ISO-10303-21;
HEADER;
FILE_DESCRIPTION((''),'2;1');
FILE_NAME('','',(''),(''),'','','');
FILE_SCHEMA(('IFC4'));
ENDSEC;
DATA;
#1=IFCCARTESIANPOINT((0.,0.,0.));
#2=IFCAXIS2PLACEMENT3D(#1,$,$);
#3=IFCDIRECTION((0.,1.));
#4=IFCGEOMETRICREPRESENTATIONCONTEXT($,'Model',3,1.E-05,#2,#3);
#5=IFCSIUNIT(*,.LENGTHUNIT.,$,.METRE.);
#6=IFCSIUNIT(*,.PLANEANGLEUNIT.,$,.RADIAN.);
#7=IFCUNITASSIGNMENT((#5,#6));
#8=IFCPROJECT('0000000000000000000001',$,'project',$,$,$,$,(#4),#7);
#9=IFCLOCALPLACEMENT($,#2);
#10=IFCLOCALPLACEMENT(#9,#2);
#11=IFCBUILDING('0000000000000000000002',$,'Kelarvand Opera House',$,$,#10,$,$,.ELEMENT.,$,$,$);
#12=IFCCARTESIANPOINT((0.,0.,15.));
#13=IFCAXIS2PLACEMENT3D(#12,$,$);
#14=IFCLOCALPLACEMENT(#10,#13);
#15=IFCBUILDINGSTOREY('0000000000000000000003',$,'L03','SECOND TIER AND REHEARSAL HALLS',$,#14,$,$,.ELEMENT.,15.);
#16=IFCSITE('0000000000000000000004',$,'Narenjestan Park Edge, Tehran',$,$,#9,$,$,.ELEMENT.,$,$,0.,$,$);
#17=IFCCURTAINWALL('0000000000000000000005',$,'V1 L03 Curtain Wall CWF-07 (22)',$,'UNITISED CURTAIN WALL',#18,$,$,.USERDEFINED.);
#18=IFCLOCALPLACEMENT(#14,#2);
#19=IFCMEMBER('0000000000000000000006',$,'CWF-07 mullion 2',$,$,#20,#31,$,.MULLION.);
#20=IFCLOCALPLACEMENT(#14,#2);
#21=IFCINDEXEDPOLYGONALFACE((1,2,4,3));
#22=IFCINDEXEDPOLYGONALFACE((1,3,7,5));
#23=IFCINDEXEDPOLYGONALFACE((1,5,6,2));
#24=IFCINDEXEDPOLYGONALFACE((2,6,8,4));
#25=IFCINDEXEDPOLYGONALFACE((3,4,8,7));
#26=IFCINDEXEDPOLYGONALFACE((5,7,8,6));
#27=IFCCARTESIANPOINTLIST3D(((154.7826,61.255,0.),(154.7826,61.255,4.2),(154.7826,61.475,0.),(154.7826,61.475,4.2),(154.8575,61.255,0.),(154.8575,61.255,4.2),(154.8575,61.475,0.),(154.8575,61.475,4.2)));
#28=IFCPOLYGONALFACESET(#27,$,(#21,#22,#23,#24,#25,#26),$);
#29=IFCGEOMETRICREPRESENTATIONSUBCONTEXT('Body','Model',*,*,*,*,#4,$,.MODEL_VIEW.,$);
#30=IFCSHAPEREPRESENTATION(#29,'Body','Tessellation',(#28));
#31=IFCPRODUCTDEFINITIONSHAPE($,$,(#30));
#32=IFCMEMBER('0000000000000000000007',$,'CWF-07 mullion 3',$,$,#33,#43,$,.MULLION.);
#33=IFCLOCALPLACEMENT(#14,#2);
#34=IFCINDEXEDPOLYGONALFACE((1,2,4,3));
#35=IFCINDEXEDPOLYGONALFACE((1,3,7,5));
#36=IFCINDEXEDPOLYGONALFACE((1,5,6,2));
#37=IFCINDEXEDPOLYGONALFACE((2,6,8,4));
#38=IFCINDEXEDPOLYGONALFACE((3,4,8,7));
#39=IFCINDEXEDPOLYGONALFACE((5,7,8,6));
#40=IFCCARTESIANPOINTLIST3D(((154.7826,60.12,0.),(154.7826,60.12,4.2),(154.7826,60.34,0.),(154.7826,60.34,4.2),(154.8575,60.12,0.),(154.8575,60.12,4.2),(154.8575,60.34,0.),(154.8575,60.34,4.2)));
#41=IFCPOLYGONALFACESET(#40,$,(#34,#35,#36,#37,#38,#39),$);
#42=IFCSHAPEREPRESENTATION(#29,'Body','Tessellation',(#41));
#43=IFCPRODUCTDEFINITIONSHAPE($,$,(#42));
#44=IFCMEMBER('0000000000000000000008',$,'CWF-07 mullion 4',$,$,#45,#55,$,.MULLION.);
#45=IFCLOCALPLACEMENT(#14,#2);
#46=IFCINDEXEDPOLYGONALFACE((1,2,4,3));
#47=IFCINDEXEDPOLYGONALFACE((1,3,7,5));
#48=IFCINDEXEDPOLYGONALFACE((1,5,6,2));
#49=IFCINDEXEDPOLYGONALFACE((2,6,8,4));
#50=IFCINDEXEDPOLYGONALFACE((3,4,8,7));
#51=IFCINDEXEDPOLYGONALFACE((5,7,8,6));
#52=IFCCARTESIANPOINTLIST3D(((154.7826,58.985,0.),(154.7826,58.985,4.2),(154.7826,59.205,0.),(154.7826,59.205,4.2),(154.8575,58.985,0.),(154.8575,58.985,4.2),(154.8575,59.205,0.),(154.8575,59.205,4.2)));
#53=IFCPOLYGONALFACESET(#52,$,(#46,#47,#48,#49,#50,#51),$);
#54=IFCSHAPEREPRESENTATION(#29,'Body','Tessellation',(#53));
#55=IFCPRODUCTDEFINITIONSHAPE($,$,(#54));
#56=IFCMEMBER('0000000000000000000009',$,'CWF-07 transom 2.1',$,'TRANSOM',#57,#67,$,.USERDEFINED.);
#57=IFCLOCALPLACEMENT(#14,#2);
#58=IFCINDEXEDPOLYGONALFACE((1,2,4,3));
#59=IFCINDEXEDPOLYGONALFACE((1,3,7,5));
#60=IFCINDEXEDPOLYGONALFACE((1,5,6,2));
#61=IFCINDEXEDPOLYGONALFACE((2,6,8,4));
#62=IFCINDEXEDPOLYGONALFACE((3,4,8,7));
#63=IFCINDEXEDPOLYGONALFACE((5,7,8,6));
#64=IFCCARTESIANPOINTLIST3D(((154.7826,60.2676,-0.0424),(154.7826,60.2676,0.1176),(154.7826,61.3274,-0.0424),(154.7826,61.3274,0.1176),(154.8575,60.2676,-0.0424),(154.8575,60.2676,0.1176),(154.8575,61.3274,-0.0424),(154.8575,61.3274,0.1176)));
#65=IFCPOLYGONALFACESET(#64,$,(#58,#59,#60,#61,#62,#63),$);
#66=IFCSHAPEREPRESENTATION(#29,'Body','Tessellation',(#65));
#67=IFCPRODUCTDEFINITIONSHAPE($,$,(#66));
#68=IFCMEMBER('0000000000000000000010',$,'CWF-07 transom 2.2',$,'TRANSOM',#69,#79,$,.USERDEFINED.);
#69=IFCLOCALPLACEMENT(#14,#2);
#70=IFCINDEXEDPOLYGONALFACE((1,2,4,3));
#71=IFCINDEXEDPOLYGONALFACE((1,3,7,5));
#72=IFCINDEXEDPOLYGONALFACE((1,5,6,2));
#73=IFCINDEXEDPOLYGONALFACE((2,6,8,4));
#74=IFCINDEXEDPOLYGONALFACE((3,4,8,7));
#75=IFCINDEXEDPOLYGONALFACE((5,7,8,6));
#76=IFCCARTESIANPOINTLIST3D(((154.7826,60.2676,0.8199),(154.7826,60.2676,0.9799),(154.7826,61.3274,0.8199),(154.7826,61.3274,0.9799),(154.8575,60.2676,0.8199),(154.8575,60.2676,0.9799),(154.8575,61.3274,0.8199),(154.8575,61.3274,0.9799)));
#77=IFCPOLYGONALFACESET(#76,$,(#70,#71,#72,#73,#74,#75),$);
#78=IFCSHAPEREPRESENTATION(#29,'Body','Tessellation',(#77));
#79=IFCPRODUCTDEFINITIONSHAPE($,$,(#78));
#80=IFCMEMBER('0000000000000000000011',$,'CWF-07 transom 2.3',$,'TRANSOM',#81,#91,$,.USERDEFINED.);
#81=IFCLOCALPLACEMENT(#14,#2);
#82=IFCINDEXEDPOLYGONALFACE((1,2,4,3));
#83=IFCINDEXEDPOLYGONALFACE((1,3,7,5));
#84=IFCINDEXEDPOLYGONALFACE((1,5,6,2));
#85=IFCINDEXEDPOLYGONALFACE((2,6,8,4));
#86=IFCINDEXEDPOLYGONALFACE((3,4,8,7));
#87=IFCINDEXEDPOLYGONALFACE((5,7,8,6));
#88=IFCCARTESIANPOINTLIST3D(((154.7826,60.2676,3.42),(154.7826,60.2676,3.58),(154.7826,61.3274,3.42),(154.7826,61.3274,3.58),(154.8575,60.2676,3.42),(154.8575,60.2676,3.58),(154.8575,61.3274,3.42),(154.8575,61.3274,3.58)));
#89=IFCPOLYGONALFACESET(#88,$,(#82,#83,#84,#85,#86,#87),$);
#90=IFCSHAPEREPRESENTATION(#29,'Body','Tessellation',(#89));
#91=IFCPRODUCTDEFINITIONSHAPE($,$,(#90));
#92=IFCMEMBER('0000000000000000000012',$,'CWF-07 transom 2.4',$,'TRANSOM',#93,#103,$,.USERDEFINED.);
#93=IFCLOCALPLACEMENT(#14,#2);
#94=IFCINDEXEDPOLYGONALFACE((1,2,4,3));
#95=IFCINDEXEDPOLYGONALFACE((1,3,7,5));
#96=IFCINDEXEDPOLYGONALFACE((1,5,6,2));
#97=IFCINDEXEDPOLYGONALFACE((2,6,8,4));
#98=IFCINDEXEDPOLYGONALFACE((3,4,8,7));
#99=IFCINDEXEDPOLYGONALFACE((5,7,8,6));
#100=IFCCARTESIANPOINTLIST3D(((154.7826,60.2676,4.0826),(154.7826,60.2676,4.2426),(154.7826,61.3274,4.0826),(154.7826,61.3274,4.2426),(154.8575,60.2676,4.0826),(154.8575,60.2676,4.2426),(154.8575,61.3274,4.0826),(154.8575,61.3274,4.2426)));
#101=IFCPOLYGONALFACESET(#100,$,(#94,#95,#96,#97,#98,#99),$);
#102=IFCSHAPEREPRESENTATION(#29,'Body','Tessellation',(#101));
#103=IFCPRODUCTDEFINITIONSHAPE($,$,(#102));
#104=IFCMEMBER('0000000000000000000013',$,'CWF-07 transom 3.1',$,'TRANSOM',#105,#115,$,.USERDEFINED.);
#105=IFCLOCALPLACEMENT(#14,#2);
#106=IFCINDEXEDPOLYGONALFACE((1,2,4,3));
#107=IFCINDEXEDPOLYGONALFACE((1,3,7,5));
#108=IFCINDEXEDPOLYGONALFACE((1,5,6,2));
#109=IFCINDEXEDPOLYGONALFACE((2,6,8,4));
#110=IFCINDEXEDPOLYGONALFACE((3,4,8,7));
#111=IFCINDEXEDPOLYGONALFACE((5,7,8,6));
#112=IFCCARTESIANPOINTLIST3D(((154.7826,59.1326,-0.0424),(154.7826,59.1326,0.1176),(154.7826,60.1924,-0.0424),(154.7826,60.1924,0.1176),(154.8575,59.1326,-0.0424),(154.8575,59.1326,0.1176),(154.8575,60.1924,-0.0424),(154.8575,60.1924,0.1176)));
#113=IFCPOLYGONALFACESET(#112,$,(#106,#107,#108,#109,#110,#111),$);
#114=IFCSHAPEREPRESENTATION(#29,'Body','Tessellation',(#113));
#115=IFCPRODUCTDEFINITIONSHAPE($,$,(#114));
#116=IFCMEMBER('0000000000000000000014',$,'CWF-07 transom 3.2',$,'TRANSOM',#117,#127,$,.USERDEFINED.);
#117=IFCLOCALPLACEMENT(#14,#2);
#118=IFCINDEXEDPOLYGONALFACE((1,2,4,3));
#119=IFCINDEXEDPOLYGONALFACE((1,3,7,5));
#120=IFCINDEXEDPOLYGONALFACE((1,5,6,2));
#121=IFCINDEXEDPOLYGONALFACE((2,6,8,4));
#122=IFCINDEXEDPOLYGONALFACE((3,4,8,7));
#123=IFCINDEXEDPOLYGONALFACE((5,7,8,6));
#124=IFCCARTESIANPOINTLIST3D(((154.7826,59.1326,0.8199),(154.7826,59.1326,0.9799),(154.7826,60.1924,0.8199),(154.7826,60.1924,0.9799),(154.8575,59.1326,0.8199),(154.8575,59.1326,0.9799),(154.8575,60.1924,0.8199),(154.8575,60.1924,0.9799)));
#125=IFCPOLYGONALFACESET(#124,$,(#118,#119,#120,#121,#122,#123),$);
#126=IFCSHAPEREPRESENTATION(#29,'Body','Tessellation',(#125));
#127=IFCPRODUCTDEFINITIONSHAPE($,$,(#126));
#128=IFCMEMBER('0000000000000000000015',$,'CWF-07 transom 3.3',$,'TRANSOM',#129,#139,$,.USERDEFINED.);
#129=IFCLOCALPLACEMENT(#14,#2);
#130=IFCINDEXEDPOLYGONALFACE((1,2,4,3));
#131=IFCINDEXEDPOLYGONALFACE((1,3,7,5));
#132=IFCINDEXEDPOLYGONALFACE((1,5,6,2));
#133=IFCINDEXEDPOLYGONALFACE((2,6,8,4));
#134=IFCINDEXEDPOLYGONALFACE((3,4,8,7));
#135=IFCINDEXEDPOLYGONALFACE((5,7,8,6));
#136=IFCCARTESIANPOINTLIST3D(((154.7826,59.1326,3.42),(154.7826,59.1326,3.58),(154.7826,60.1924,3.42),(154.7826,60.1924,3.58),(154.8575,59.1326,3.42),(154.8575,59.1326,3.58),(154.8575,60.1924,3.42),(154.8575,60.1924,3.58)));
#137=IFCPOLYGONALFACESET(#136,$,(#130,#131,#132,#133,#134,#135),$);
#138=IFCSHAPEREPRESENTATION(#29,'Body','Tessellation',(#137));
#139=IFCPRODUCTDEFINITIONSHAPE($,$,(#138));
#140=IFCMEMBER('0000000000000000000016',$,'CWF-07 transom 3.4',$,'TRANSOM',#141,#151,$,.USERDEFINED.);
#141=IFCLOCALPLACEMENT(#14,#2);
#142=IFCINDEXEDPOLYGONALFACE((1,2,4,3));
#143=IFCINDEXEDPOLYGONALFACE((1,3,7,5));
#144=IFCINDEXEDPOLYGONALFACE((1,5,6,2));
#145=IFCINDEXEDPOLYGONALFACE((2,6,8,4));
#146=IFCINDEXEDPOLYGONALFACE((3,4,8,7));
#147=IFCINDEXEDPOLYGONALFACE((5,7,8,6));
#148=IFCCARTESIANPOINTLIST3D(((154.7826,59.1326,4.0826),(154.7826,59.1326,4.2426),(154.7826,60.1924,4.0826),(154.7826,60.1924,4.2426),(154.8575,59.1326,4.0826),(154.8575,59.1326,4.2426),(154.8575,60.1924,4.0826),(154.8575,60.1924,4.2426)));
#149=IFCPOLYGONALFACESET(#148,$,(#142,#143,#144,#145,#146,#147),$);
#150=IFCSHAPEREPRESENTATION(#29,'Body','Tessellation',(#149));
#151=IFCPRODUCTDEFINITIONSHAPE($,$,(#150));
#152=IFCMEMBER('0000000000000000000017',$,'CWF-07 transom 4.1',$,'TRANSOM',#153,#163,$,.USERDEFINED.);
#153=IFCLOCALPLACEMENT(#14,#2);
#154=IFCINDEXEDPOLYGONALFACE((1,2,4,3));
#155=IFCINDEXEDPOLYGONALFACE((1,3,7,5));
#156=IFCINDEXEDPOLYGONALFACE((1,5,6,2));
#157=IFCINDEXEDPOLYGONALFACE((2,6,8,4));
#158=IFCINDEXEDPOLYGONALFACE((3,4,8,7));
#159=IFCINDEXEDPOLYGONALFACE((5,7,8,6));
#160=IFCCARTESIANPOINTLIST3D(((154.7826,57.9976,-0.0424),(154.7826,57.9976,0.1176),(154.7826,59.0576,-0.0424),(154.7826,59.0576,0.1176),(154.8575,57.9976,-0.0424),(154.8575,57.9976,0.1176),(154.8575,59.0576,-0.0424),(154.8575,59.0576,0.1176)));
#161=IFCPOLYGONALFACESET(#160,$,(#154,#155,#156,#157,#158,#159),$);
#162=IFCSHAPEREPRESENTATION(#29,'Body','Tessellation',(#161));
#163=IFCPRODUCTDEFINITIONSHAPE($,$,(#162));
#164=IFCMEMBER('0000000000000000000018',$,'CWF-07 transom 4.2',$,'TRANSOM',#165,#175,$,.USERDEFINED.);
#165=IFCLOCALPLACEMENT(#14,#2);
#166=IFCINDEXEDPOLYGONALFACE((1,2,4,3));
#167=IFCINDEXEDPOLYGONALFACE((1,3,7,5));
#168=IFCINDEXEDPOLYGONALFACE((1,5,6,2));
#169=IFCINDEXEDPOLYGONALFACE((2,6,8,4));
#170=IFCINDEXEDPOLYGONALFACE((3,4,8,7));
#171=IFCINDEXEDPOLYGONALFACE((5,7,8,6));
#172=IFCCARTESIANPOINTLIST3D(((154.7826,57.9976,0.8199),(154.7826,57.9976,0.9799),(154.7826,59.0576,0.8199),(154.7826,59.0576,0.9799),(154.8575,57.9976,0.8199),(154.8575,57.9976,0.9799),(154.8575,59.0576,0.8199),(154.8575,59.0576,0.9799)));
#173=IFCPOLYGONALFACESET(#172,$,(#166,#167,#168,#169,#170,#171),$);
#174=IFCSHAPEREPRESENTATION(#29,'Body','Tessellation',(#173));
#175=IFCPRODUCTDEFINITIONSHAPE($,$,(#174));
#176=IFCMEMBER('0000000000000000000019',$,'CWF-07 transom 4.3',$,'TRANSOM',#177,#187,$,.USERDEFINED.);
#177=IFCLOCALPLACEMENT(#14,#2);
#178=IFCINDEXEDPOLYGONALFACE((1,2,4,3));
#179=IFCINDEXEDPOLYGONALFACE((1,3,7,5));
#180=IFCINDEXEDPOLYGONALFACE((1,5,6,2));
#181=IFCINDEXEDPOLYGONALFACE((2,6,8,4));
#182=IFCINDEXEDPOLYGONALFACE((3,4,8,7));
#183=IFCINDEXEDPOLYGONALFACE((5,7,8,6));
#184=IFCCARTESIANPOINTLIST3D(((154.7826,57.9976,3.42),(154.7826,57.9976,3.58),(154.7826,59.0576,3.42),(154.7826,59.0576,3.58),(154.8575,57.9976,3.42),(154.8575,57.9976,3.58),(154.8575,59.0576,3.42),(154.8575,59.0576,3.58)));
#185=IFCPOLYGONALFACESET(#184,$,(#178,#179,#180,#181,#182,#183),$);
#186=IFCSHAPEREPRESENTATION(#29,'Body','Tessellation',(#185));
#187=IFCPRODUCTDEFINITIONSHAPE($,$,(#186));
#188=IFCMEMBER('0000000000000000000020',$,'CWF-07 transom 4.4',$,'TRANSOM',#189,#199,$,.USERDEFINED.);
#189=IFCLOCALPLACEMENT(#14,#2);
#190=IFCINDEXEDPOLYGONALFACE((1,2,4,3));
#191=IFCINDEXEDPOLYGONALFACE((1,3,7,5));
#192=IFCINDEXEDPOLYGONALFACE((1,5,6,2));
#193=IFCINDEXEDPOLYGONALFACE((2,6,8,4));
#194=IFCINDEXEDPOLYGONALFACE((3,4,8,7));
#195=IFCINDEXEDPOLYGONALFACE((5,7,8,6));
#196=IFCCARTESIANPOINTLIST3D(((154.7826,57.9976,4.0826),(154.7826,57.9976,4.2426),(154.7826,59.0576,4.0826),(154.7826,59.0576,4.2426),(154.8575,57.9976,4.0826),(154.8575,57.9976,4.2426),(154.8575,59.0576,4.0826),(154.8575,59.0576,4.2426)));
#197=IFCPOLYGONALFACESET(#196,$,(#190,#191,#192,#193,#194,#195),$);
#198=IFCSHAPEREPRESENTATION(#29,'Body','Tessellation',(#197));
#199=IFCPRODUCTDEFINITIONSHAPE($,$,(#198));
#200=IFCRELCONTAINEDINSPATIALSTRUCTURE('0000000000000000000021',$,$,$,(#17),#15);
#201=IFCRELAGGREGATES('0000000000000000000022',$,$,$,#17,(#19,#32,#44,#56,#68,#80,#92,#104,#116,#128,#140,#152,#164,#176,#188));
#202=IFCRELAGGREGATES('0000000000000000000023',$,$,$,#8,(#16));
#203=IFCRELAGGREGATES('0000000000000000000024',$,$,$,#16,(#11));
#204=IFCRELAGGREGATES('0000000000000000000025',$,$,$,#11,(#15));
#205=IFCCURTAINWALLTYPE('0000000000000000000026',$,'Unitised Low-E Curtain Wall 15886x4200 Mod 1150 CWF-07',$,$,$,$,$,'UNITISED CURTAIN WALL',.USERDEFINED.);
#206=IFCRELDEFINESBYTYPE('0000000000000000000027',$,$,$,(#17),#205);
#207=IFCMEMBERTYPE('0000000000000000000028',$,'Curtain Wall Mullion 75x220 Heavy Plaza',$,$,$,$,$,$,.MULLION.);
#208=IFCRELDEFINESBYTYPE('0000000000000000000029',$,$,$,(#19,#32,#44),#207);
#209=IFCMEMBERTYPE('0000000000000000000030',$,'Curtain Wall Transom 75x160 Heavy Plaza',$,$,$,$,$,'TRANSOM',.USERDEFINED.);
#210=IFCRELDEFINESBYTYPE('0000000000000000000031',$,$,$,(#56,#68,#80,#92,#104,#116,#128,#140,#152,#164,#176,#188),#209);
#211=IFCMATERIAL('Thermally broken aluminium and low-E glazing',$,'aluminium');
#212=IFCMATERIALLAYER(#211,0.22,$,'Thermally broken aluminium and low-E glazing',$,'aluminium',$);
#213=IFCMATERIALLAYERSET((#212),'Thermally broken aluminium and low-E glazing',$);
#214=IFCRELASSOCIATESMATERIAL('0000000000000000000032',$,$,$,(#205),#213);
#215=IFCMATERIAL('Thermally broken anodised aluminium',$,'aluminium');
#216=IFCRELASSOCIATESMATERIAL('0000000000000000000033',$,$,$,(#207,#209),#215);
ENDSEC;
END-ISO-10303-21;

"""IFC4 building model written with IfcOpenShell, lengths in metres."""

from ifc_helpers import new_model, si_unit, direction, frame, origin, origin_2d, place, context, subcontext, project, spatial, rectangle, extrude, material, layer, layer_set, material_profile, profile_set, type_object, element, aggregate, save


model = new_model("IFC4")

# Units and contexts
model_context = context("Model", 3, precision=1e-05, world=origin(), true_north=direction((0.0, 1.0)))
body_context = subcontext(model_context, "Body", "Model", "MODEL_VIEW")
ifc_project = project(units=[si_unit("LENGTHUNIT", "METRE"), si_unit("PLANEANGLEUNIT", "RADIAN")], contexts=[model_context])

# Site, building, storey
site_placement = place(None, origin())
site = spatial("IfcSite", under=ifc_project, at=site_placement, Name="Narenjestan Park Edge, Tehran", CompositionType="ELEMENT", RefElevation=0.0)
building_placement = place(site_placement, origin())
building = spatial("IfcBuilding", under=site, at=building_placement, Name="Kelarvand Opera House", CompositionType="ELEMENT")
storey_placement = place(building_placement, frame((0.0, 0.0, 15.0)))
storey = spatial("IfcBuildingStorey", under=building, at=storey_placement, Name="L03", Description="SECOND TIER AND REHEARSAL HALLS", CompositionType="ELEMENT", Elevation=15.0)

# Curtain wall, members
ifc_material_1 = material(Name="Thermally broken aluminium and low-E glazing", Category="aluminium")
ifc_layer_1 = layer(ifc_material_1, 0.22, Name="Thermally broken aluminium and low-E glazing", Category="aluminium")
ifc_layer_set_1 = layer_set([ifc_layer_1], Name="Thermally broken aluminium and low-E glazing")
curtain_wall_type = type_object("IfcCurtainWallType", Name="Unitised Low-E Curtain Wall 15886x4200 Mod 1150 CWF-07", ElementType="UNITISED CURTAIN WALL", PredefinedType="USERDEFINED", material=ifc_layer_set_1)
curtain_wall_placement = place(storey_placement, origin())
curtain_wall = element("IfcCurtainWall", 1, at=curtain_wall_placement, inside=storey, type_object=curtain_wall_type, Name="V1 L03 Curtain Wall CWF-07 (22)", ObjectType="UNITISED CURTAIN WALL", PredefinedType="USERDEFINED")
ifc_material_2 = material(Name="Thermally broken anodised aluminium", Category="aluminium")
ifc_material_profile_1 = material_profile(ifc_material_2, rectangle(XDim=0.075, YDim=0.22, at=origin_2d()), Name="ALU MULLION 75x220", Category="aluminium")
ifc_profile_set_1 = profile_set([ifc_material_profile_1], Name="Thermally broken anodised aluminium")
member_type_1 = type_object("IfcMemberType", Name="Curtain Wall Mullion 75x220 Heavy Plaza", PredefinedType="MULLION", material=ifc_profile_set_1)
member_1_placement = place(storey_placement, frame((154.8201, 61.365, 0.0), z_axis=(0.0, 0.0, 1.0), x_axis=(1.0, 0.0, 0.0)))
member_1 = element("IfcMember", 2, at=member_1_placement, type_object=member_type_1, Name="CWF-07 mullion 2", PredefinedType="MULLION", context=body_context, shape_type="SweptSolid", body=[
    extrude(rectangle(XDim=0.075, YDim=0.22, at=origin_2d()), origin(), (0.0, 0.0, 1.0), 4.2),
])
member_2_placement = place(storey_placement, frame((154.8201, 60.23, 0.0), z_axis=(0.0, 0.0, 1.0), x_axis=(1.0, 0.0, 0.0)))
member_2 = element("IfcMember", 3, at=member_2_placement, type_object=member_type_1, Name="CWF-07 mullion 3", PredefinedType="MULLION", context=body_context, shape_type="SweptSolid", body=[
    extrude(rectangle(XDim=0.075, YDim=0.22, at=origin_2d()), origin(), (0.0, 0.0, 1.0), 4.2),
])
member_3_placement = place(storey_placement, frame((154.8201, 59.095, 0.0), z_axis=(0.0, 0.0, 1.0), x_axis=(1.0, 0.0, 0.0)))
member_3 = element("IfcMember", 4, at=member_3_placement, type_object=member_type_1, Name="CWF-07 mullion 4", PredefinedType="MULLION", context=body_context, shape_type="SweptSolid", body=[
    extrude(rectangle(XDim=0.075, YDim=0.22, at=origin_2d()), origin(), (0.0, 0.0, 1.0), 4.2),
])
ifc_material_profile_2 = material_profile(ifc_material_2, rectangle(XDim=0.075, YDim=0.1599, at=origin_2d()), Name="ALU TRANSOM 75x160", Category="aluminium")
ifc_profile_set_2 = profile_set([ifc_material_profile_2], Name="Thermally broken anodised aluminium")
member_type_2 = type_object("IfcMemberType", Name="Curtain Wall Transom 75x160 Heavy Plaza", ElementType="TRANSOM", PredefinedType="USERDEFINED", material=ifc_profile_set_2)
member_4_placement = place(storey_placement, frame((154.8201, 61.3274, 0.0376), z_axis=(0.0, -1.0, 0.0), x_axis=(1.0, 0.0, 0.0)))
member_4 = element("IfcMember", 5, at=member_4_placement, type_object=member_type_2, Name="CWF-07 transom 2.1", ObjectType="TRANSOM", PredefinedType="USERDEFINED", context=body_context, shape_type="SweptSolid", body=[
    extrude(rectangle(XDim=0.075, YDim=0.1599, at=origin_2d()), origin(), (0.0, 0.0, 1.0), 1.0598),
])
member_5_placement = place(storey_placement, frame((154.8201, 61.3274, 0.8999), z_axis=(0.0, -1.0, 0.0), x_axis=(1.0, 0.0, 0.0)))
member_5 = element("IfcMember", 6, at=member_5_placement, type_object=member_type_2, Name="CWF-07 transom 2.2", ObjectType="TRANSOM", PredefinedType="USERDEFINED", context=body_context, shape_type="SweptSolid", body=[
    extrude(rectangle(XDim=0.075, YDim=0.1599, at=origin_2d()), origin(), (0.0, 0.0, 1.0), 1.0598),
])
member_6_placement = place(storey_placement, frame((154.8201, 61.3274, 3.5), z_axis=(0.0, -1.0, 0.0), x_axis=(1.0, 0.0, 0.0)))
member_6 = element("IfcMember", 7, at=member_6_placement, type_object=member_type_2, Name="CWF-07 transom 2.3", ObjectType="TRANSOM", PredefinedType="USERDEFINED", context=body_context, shape_type="SweptSolid", body=[
    extrude(rectangle(XDim=0.075, YDim=0.1599, at=origin_2d()), origin(), (0.0, 0.0, 1.0), 1.0598),
])
member_7_placement = place(storey_placement, frame((154.8201, 61.3274, 4.1626), z_axis=(0.0, -1.0, 0.0), x_axis=(1.0, 0.0, 0.0)))
member_7 = element("IfcMember", 8, at=member_7_placement, type_object=member_type_2, Name="CWF-07 transom 2.4", ObjectType="TRANSOM", PredefinedType="USERDEFINED", context=body_context, shape_type="SweptSolid", body=[
    extrude(rectangle(XDim=0.075, YDim=0.1599, at=origin_2d()), origin(), (0.0, 0.0, 1.0), 1.0598),
])
member_8_placement = place(storey_placement, frame((154.8201, 60.1924, 0.0376), z_axis=(0.0, -1.0, 0.0), x_axis=(1.0, 0.0, 0.0)))
member_8 = element("IfcMember", 9, at=member_8_placement, type_object=member_type_2, Name="CWF-07 transom 3.1", ObjectType="TRANSOM", PredefinedType="USERDEFINED", context=body_context, shape_type="SweptSolid", body=[
    extrude(rectangle(XDim=0.075, YDim=0.1599, at=origin_2d()), origin(), (0.0, 0.0, 1.0), 1.0598),
])
member_9_placement = place(storey_placement, frame((154.8201, 60.1924, 0.8999), z_axis=(0.0, -1.0, 0.0), x_axis=(1.0, 0.0, 0.0)))
member_9 = element("IfcMember", 10, at=member_9_placement, type_object=member_type_2, Name="CWF-07 transom 3.2", ObjectType="TRANSOM", PredefinedType="USERDEFINED", context=body_context, shape_type="SweptSolid", body=[
    extrude(rectangle(XDim=0.075, YDim=0.1599, at=origin_2d()), origin(), (0.0, 0.0, 1.0), 1.0598),
])
member_10_placement = place(storey_placement, frame((154.8201, 60.1924, 3.5), z_axis=(0.0, -1.0, 0.0), x_axis=(1.0, 0.0, 0.0)))
member_10 = element("IfcMember", 11, at=member_10_placement, type_object=member_type_2, Name="CWF-07 transom 3.3", ObjectType="TRANSOM", PredefinedType="USERDEFINED", context=body_context, shape_type="SweptSolid", body=[
    extrude(rectangle(XDim=0.075, YDim=0.1599, at=origin_2d()), origin(), (0.0, 0.0, 1.0), 1.0598),
])
member_11_placement = place(storey_placement, frame((154.8201, 60.1924, 4.1626), z_axis=(0.0, -1.0, 0.0), x_axis=(1.0, 0.0, 0.0)))
member_11 = element("IfcMember", 12, at=member_11_placement, type_object=member_type_2, Name="CWF-07 transom 3.4", ObjectType="TRANSOM", PredefinedType="USERDEFINED", context=body_context, shape_type="SweptSolid", body=[
    extrude(rectangle(XDim=0.075, YDim=0.1599, at=origin_2d()), origin(), (0.0, 0.0, 1.0), 1.0598),
])
member_12_placement = place(storey_placement, frame((154.8201, 59.0576, 0.0376), z_axis=(0.0, -1.0, 0.0), x_axis=(1.0, 0.0, 0.0)))
member_12 = element("IfcMember", 13, at=member_12_placement, type_object=member_type_2, Name="CWF-07 transom 4.1", ObjectType="TRANSOM", PredefinedType="USERDEFINED", context=body_context, shape_type="SweptSolid", body=[
    extrude(rectangle(XDim=0.075, YDim=0.1599, at=origin_2d()), origin(), (0.0, 0.0, 1.0), 1.0601),
])
member_13_placement = place(storey_placement, frame((154.8201, 59.0576, 0.8999), z_axis=(0.0, -1.0, 0.0), x_axis=(1.0, 0.0, 0.0)))
member_13 = element("IfcMember", 14, at=member_13_placement, type_object=member_type_2, Name="CWF-07 transom 4.2", ObjectType="TRANSOM", PredefinedType="USERDEFINED", context=body_context, shape_type="SweptSolid", body=[
    extrude(rectangle(XDim=0.075, YDim=0.1599, at=origin_2d()), origin(), (0.0, 0.0, 1.0), 1.0601),
])
member_14_placement = place(storey_placement, frame((154.8201, 59.0576, 3.5), z_axis=(0.0, -1.0, 0.0), x_axis=(1.0, 0.0, 0.0)))
member_14 = element("IfcMember", 15, at=member_14_placement, type_object=member_type_2, Name="CWF-07 transom 4.3", ObjectType="TRANSOM", PredefinedType="USERDEFINED", context=body_context, shape_type="SweptSolid", body=[
    extrude(rectangle(XDim=0.075, YDim=0.1599, at=origin_2d()), origin(), (0.0, 0.0, 1.0), 1.0601),
])
member_15_placement = place(storey_placement, frame((154.8201, 59.0576, 4.1626), z_axis=(0.0, -1.0, 0.0), x_axis=(1.0, 0.0, 0.0)))
member_15 = element("IfcMember", 16, at=member_15_placement, type_object=member_type_2, Name="CWF-07 transom 4.4", ObjectType="TRANSOM", PredefinedType="USERDEFINED", context=body_context, shape_type="SweptSolid", body=[
    extrude(rectangle(XDim=0.075, YDim=0.1599, at=origin_2d()), origin(), (0.0, 0.0, 1.0), 1.0601),
])
aggregate(curtain_wall, [member_1, member_2, member_3, member_4, member_5, member_6, member_7, member_8, member_9, member_10, member_11, member_12, member_13, member_14, member_15])

save(model, "model.ifc")
